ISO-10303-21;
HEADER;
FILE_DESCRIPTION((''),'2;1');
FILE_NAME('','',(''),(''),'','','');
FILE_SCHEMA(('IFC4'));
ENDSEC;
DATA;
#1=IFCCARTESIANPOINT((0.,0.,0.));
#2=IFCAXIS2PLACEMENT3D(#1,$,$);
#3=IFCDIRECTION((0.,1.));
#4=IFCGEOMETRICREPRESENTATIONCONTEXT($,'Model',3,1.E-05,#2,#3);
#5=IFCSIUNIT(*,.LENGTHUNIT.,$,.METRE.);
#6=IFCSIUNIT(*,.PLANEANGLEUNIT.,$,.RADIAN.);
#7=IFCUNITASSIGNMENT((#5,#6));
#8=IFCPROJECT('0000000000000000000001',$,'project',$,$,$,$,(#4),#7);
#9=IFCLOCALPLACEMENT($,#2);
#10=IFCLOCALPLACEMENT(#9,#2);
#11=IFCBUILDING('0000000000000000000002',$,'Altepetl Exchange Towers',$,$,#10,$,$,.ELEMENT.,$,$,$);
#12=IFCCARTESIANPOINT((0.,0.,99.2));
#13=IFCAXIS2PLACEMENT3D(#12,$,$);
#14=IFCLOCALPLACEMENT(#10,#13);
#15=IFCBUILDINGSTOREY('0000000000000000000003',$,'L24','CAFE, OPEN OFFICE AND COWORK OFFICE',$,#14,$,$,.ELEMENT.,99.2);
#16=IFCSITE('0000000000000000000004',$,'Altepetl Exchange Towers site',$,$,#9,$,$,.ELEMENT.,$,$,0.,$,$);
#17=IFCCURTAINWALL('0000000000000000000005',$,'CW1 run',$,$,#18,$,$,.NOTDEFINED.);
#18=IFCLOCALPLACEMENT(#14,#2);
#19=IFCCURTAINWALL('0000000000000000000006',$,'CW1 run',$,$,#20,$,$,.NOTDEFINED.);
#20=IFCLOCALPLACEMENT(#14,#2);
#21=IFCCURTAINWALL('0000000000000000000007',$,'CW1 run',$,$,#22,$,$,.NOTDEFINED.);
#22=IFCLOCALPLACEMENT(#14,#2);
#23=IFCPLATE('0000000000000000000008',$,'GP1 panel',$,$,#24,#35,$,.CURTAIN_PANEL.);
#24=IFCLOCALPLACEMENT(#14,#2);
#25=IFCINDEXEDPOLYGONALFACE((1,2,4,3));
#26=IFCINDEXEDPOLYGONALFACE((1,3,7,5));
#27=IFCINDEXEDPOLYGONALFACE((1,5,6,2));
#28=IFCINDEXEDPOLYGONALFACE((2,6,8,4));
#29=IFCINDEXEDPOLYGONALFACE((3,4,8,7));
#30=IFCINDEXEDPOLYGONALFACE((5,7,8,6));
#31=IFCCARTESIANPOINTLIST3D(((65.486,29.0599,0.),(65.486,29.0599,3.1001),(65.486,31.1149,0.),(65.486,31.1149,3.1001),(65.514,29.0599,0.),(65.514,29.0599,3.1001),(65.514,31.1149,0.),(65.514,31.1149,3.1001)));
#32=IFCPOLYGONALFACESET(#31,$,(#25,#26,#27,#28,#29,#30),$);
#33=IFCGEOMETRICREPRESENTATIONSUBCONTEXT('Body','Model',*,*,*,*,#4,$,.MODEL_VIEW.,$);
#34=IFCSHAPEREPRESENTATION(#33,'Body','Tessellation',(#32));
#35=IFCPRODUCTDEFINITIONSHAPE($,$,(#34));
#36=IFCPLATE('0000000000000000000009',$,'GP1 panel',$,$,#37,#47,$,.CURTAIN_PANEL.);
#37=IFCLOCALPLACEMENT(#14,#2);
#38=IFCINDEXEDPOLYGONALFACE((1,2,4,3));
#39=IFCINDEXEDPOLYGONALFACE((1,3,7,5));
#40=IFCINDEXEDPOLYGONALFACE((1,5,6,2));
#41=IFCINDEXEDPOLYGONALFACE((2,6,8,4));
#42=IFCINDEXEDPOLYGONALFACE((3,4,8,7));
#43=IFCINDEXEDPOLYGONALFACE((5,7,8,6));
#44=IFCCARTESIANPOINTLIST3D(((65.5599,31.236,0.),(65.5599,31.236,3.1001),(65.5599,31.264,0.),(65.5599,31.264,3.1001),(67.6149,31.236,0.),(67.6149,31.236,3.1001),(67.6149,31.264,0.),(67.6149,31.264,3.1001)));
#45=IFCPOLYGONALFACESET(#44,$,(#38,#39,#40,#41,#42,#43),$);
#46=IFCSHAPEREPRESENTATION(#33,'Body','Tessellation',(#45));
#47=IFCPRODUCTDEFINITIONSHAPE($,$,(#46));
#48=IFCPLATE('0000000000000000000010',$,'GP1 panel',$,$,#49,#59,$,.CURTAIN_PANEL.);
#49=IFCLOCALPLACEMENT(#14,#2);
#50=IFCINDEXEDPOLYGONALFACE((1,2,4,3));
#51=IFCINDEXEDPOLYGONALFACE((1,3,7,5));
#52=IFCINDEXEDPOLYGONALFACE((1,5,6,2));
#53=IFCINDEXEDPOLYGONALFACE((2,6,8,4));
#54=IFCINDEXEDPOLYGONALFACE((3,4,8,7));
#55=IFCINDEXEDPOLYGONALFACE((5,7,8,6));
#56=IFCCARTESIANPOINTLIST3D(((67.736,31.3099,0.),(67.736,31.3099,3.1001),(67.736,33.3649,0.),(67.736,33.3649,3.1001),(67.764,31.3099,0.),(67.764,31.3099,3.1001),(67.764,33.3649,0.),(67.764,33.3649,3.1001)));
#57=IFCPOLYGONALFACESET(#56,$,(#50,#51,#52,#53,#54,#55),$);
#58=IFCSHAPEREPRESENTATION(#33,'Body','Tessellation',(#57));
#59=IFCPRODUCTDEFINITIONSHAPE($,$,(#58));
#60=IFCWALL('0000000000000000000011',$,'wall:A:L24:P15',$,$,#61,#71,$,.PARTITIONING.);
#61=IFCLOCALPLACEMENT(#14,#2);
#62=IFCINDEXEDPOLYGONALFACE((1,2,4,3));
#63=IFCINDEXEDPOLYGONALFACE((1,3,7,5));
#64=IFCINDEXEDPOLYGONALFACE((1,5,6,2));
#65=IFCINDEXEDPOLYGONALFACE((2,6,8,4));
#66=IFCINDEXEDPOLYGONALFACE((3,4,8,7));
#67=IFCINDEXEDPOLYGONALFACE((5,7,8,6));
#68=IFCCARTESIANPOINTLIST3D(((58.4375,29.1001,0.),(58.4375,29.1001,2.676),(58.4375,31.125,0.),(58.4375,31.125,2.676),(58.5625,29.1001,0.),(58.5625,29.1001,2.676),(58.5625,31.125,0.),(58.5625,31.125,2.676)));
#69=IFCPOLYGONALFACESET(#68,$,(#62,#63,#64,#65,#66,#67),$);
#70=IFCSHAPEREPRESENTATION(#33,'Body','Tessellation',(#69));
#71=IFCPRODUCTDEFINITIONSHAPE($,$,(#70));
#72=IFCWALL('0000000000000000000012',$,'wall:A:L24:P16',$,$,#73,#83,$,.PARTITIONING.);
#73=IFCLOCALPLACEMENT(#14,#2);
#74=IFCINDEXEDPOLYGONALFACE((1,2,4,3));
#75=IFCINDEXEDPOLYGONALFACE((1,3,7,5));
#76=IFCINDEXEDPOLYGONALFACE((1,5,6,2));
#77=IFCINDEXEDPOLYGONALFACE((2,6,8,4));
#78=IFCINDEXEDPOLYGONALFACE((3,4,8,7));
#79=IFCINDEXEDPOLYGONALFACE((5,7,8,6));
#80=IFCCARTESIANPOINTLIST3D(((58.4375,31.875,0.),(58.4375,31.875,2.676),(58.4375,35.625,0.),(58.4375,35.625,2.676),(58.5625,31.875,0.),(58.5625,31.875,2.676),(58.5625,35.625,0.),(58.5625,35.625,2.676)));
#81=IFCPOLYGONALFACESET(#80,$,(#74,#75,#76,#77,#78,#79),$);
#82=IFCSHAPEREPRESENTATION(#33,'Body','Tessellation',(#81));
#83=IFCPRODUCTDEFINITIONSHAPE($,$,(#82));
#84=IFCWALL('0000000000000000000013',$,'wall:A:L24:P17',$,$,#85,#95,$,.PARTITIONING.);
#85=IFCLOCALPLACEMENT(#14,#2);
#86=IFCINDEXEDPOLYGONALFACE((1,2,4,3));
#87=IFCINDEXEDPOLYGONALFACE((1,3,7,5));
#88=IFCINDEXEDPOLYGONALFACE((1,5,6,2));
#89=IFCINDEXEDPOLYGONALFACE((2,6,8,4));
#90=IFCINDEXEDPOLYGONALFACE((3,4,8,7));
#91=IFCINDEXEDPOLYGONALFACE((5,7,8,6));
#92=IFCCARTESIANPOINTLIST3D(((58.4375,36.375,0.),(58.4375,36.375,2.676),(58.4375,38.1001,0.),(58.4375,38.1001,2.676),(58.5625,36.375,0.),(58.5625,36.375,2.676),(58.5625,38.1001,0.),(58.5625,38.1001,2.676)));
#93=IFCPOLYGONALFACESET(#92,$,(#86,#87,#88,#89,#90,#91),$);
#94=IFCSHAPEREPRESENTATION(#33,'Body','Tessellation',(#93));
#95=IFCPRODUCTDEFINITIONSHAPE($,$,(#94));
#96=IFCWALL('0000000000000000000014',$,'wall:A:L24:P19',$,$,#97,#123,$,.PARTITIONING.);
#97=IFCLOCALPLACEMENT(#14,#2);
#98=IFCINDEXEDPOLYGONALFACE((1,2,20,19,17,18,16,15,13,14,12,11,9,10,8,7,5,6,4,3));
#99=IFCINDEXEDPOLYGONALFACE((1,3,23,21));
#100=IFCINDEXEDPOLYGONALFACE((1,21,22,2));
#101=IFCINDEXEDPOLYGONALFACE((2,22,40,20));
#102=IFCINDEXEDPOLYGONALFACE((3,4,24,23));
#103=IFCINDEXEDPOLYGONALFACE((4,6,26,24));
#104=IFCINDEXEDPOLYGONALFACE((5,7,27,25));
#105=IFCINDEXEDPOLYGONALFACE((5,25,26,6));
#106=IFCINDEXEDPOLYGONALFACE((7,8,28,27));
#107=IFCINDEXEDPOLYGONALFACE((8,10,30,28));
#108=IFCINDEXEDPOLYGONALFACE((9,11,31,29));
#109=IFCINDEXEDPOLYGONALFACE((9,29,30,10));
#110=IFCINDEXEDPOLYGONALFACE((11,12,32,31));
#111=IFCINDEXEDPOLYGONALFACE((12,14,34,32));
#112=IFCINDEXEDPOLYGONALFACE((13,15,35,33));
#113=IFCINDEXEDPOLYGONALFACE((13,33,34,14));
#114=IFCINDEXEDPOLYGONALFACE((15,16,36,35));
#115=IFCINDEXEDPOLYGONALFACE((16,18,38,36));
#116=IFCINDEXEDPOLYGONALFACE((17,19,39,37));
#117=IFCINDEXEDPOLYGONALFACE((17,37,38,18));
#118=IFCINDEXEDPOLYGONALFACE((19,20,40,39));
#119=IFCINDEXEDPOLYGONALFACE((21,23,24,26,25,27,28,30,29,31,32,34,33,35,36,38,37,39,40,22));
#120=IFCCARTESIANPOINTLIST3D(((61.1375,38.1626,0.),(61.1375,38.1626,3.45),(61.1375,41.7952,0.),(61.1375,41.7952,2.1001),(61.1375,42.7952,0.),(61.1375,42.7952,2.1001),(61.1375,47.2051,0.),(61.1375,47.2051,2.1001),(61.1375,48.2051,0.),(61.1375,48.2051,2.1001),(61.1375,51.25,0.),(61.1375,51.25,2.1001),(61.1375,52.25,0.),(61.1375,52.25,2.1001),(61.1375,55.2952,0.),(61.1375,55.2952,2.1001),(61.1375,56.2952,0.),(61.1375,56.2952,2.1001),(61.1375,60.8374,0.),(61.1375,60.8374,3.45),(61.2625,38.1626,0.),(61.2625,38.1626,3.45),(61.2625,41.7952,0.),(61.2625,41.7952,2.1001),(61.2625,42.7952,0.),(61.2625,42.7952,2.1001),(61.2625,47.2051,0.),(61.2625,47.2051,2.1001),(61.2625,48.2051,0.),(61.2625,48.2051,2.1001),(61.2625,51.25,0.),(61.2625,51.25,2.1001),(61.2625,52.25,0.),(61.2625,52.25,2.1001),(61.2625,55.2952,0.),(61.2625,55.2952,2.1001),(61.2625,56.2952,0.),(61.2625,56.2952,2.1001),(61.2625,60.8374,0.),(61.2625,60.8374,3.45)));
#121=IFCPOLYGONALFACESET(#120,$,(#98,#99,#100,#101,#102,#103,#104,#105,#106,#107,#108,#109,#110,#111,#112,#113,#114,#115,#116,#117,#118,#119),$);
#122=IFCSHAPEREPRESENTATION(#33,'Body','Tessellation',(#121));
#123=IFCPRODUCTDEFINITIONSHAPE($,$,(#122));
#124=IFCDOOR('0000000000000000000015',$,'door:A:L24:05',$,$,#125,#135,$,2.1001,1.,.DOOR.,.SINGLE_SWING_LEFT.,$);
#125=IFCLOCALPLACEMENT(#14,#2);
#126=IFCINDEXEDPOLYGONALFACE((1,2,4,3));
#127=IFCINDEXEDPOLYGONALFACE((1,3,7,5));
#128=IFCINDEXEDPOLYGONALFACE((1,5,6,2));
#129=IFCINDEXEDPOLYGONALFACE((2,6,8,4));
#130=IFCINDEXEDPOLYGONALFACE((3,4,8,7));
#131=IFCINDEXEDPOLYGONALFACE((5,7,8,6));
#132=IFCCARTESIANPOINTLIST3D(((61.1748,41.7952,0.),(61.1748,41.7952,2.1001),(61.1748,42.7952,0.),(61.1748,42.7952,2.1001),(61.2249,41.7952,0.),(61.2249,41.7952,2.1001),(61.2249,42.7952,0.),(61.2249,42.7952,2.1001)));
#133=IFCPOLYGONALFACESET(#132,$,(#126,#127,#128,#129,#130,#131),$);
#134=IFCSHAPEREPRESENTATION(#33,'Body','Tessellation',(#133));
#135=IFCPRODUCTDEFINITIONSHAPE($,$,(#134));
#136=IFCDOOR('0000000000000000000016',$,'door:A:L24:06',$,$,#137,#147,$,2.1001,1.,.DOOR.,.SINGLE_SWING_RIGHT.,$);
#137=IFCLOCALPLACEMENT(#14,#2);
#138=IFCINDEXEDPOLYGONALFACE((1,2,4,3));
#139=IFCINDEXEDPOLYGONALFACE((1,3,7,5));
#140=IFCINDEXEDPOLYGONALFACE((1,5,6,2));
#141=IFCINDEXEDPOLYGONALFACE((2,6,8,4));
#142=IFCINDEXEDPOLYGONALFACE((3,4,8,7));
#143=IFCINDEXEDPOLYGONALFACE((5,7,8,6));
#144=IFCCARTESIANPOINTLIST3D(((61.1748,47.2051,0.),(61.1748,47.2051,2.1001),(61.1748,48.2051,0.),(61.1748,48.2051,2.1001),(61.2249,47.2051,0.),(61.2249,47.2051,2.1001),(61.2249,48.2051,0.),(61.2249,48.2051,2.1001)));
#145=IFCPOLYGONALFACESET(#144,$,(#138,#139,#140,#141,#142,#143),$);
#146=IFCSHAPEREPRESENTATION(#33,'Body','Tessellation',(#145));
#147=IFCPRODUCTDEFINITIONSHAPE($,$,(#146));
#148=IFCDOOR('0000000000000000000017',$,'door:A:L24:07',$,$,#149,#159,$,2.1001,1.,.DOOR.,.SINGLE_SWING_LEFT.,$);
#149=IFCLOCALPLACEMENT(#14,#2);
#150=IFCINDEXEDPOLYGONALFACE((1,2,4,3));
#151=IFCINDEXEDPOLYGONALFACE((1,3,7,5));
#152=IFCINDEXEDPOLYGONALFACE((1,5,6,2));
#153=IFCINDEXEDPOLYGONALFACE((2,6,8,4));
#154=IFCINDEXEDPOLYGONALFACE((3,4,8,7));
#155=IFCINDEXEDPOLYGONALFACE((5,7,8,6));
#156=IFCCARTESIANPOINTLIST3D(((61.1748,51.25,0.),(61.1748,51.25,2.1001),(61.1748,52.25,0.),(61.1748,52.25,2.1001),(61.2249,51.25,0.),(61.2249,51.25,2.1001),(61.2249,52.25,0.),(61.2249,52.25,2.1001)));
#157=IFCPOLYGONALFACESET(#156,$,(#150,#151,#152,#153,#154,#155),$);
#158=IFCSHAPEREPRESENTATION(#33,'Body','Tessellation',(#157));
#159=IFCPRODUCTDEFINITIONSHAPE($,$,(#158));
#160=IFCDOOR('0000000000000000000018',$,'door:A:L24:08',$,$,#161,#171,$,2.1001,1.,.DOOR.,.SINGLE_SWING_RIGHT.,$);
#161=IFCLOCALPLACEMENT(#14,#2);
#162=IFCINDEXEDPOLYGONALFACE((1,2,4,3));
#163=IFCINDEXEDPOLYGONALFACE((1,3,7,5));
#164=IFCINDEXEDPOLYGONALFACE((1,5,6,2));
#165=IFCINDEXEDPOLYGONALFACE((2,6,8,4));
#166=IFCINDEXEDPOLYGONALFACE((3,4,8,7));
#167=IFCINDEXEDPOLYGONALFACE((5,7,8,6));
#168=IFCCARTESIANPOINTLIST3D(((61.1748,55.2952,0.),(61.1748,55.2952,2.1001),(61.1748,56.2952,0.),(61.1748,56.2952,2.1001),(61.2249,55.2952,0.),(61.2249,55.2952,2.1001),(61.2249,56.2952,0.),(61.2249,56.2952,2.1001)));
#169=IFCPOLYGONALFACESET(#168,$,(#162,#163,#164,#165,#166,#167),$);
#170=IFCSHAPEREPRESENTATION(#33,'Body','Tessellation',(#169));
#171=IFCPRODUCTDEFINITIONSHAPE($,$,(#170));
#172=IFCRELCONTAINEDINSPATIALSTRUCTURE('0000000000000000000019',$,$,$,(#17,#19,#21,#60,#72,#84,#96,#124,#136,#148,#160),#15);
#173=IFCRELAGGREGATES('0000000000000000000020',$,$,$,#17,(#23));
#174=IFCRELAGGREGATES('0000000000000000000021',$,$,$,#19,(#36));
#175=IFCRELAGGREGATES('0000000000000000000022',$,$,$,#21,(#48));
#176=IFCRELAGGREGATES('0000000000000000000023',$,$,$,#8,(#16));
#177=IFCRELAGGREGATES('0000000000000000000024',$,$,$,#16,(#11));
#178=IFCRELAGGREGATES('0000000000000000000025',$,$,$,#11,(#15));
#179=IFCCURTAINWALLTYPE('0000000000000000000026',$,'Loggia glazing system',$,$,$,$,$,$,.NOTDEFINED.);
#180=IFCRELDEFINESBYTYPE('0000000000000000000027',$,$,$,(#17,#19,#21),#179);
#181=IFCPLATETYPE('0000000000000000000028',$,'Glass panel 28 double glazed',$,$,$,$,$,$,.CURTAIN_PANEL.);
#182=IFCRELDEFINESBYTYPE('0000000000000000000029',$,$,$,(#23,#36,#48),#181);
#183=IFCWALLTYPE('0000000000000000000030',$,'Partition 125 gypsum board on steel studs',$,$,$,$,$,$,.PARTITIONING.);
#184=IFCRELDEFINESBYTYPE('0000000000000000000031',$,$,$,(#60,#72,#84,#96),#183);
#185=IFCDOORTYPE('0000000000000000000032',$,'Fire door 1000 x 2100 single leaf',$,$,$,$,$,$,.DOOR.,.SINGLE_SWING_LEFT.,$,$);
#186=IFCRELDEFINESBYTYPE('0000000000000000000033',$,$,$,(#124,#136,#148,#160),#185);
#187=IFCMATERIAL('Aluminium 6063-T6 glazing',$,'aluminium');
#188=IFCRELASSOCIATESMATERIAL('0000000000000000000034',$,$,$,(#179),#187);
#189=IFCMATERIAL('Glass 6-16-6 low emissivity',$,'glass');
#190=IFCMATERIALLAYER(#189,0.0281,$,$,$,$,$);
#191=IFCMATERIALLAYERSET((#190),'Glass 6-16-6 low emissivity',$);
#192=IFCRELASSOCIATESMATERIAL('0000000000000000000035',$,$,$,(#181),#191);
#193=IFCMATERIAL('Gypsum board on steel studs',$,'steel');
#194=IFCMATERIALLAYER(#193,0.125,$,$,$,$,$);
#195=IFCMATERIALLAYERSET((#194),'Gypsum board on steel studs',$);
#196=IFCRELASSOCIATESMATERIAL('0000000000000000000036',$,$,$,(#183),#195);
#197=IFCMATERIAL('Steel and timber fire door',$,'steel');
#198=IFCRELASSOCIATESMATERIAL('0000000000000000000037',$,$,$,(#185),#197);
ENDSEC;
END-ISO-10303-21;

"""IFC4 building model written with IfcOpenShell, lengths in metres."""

from ifc_helpers import new_model, si_unit, direction, frame, frame_2d, origin, origin_2d, place, context, subcontext, project, spatial, rectangle, extrude, material, layer, layer_set, type_object, element, fill, aggregate, save


model = new_model("IFC4")

# Units and contexts
model_context = context("Model", 3, precision=1e-05, world=origin(), true_north=direction((0.0, 1.0)))
body_context = subcontext(model_context, "Body", "Model", "MODEL_VIEW")
ifc_project = project(units=[si_unit("LENGTHUNIT", "METRE"), si_unit("PLANEANGLEUNIT", "RADIAN")], contexts=[model_context])

# Site, building, storey
site_placement = place(None, origin())
site = spatial("IfcSite", under=ifc_project, at=site_placement, Name="Altepetl Exchange Towers site", CompositionType="ELEMENT", RefElevation=0.0)
building_placement = place(site_placement, origin())
building = spatial("IfcBuilding", under=site, at=building_placement, Name="Altepetl Exchange Towers", CompositionType="ELEMENT")
storey_placement = place(building_placement, frame((0.0, 0.0, 99.2)))
storey = spatial("IfcBuildingStorey", under=building, at=storey_placement, Name="L24", Description="CAFE, OPEN OFFICE AND COWORK OFFICE", CompositionType="ELEMENT", Elevation=99.2)

# Curtain walls
ifc_material_1 = material(Name="Aluminium 6063-T6 glazing", Category="aluminium")
curtain_wall_type = type_object("IfcCurtainWallType", Name="Loggia glazing system", PredefinedType="NOTDEFINED", material=ifc_material_1)
curtain_wall_1_placement = place(storey_placement, origin())
curtain_wall_1 = element("IfcCurtainWall", 1, at=curtain_wall_1_placement, inside=storey, type_object=curtain_wall_type, Name="CW1 run", PredefinedType="NOTDEFINED")
curtain_wall_2_placement = place(storey_placement, origin())
curtain_wall_2 = element("IfcCurtainWall", 2, at=curtain_wall_2_placement, inside=storey, type_object=curtain_wall_type, Name="CW1 run", PredefinedType="NOTDEFINED")
curtain_wall_3_placement = place(storey_placement, origin())
curtain_wall_3 = element("IfcCurtainWall", 3, at=curtain_wall_3_placement, inside=storey, type_object=curtain_wall_type, Name="CW1 run", PredefinedType="NOTDEFINED")

# Plates
ifc_material_2 = material(Name="Glass 6-16-6 low emissivity", Category="glass")
ifc_layer_1 = layer(ifc_material_2, 0.0281)
ifc_layer_set_1 = layer_set([ifc_layer_1], Name="Glass 6-16-6 low emissivity")
plate_type = type_object("IfcPlateType", Name="Glass panel 28 double glazed", PredefinedType="CURTAIN_PANEL", material=ifc_layer_set_1)
plate_1_placement = place(storey_placement, frame((65.5, 30.0874, 0.0), z_axis=(0.0, 0.0, 1.0), x_axis=(0.0, 1.0, 0.0)))
plate_1 = element("IfcPlate", 4, at=plate_1_placement, type_object=plate_type, Name="GP1 panel", PredefinedType="CURTAIN_PANEL", context=body_context, shape_type="SweptSolid", body=[
    extrude(rectangle(XDim=2.0549, YDim=0.0281, at=origin_2d()), origin(), (0.0, 0.0, 1.0), 3.1001),
])
aggregate(curtain_wall_1, [plate_1])
plate_2_placement = place(storey_placement, frame((66.5874, 31.25, 0.0)))
plate_2 = element("IfcPlate", 5, at=plate_2_placement, type_object=plate_type, Name="GP1 panel", PredefinedType="CURTAIN_PANEL", context=body_context, shape_type="SweptSolid", body=[
    extrude(rectangle(XDim=2.0549, YDim=0.0281, at=origin_2d()), origin(), (0.0, 0.0, 1.0), 3.1001),
])
aggregate(curtain_wall_2, [plate_2])
plate_3_placement = place(storey_placement, frame((67.75, 32.3374, 0.0), z_axis=(0.0, 0.0, 1.0), x_axis=(0.0, 1.0, 0.0)))
plate_3 = element("IfcPlate", 6, at=plate_3_placement, type_object=plate_type, Name="GP1 panel", PredefinedType="CURTAIN_PANEL", context=body_context, shape_type="SweptSolid", body=[
    extrude(rectangle(XDim=2.0549, YDim=0.0281, at=origin_2d()), origin(), (0.0, 0.0, 1.0), 3.1001),
])
aggregate(curtain_wall_3, [plate_3])

# Walls
ifc_material_3 = material(Name="Gypsum board on steel studs", Category="steel")
ifc_layer_2 = layer(ifc_material_3, 0.125)
ifc_layer_set_2 = layer_set([ifc_layer_2], Name="Gypsum board on steel studs")
wall_type = type_object("IfcWallType", Name="Partition 125 gypsum board on steel studs", PredefinedType="PARTITIONING", material=ifc_layer_set_2)
wall_1_placement = place(storey_placement, frame((58.5, 29.1001, 0.0), z_axis=(0.0, 0.0, 1.0), x_axis=(0.0, 1.0, 0.0)))
element("IfcWall", 7, at=wall_1_placement, inside=storey, type_object=wall_type, Name="wall:A:L24:P15", PredefinedType="PARTITIONING", context=body_context, shape_type="SweptSolid", body=[
    extrude(rectangle(XDim=2.0249, YDim=0.125, at=frame_2d((1.0125, 0.0))), origin(), (0.0, 0.0, 1.0), 2.676),
])
wall_2_placement = place(storey_placement, frame((58.5, 31.875, 0.0), z_axis=(0.0, 0.0, 1.0), x_axis=(0.0, 1.0, 0.0)))
element("IfcWall", 8, at=wall_2_placement, inside=storey, type_object=wall_type, Name="wall:A:L24:P16", PredefinedType="PARTITIONING", context=body_context, shape_type="SweptSolid", body=[
    extrude(rectangle(XDim=3.75, YDim=0.125, at=frame_2d((1.875, 0.0))), origin(), (0.0, 0.0, 1.0), 2.676),
])
wall_3_placement = place(storey_placement, frame((58.5, 36.375, 0.0), z_axis=(0.0, 0.0, 1.0), x_axis=(0.0, 1.0, 0.0)))
element("IfcWall", 9, at=wall_3_placement, inside=storey, type_object=wall_type, Name="wall:A:L24:P17", PredefinedType="PARTITIONING", context=body_context, shape_type="SweptSolid", body=[
    extrude(rectangle(XDim=1.7251, YDim=0.125, at=frame_2d((0.8625, 0.0))), origin(), (0.0, 0.0, 1.0), 2.676),
])

# Wall, openings, doors
wall_4_placement = place(storey_placement, frame((61.2, 38.1626, 0.0), z_axis=(0.0, 0.0, 1.0), x_axis=(0.0, 1.0, 0.0)))
wall_4 = element("IfcWall", 10, at=wall_4_placement, inside=storey, type_object=wall_type, Name="wall:A:L24:P19", PredefinedType="PARTITIONING", context=body_context, shape_type="SweptSolid", body=[
    extrude(rectangle(XDim=22.6748, YDim=0.125, at=frame_2d((11.3374, 0.0))), origin(), (0.0, 0.0, 1.0), 3.45),
])
opening_1_placement = place(wall_4_placement, frame((3.6326, 0.0, 0.0)))
opening_1 = element("IfcOpeningElement", 11, at=opening_1_placement, cuts=wall_4, PredefinedType="OPENING", context=body_context, shape_type="SweptSolid", body=[
    extrude(rectangle(XDim=1.0, YDim=2.1001, at=frame_2d((0.5, 1.05))), frame((0.0, 0.0725, 0.0), z_axis=(0.0, -1.0, 0.0), x_axis=(1.0, 0.0, 0.0)), (0.0, 0.0, 1.0), 0.145),
])
opening_2_placement = place(wall_4_placement, frame((9.0425, 0.0, 0.0)))
opening_2 = element("IfcOpeningElement", 12, at=opening_2_placement, cuts=wall_4, PredefinedType="OPENING", context=body_context, shape_type="SweptSolid", body=[
    extrude(rectangle(XDim=1.0, YDim=2.1001, at=frame_2d((0.5, 1.05))), frame((0.0, 0.0725, 0.0), z_axis=(0.0, -1.0, 0.0), x_axis=(1.0, 0.0, 0.0)), (0.0, 0.0, 1.0), 0.145),
])
opening_3_placement = place(wall_4_placement, frame((13.0874, 0.0, 0.0)))
opening_3 = element("IfcOpeningElement", 13, at=opening_3_placement, cuts=wall_4, PredefinedType="OPENING", context=body_context, shape_type="SweptSolid", body=[
    extrude(rectangle(XDim=1.0, YDim=2.1001, at=frame_2d((0.5, 1.05))), frame((0.0, 0.0725, 0.0), z_axis=(0.0, -1.0, 0.0), x_axis=(1.0, 0.0, 0.0)), (0.0, 0.0, 1.0), 0.145),
])
opening_4_placement = place(wall_4_placement, frame((17.1326, 0.0, 0.0)))
opening_4 = element("IfcOpeningElement", 14, at=opening_4_placement, cuts=wall_4, PredefinedType="OPENING", context=body_context, shape_type="SweptSolid", body=[
    extrude(rectangle(XDim=1.0, YDim=2.1001, at=frame_2d((0.5, 1.05))), frame((0.0, 0.0725, 0.0), z_axis=(0.0, -1.0, 0.0), x_axis=(1.0, 0.0, 0.0)), (0.0, 0.0, 1.0), 0.145),
])
ifc_material_4 = material(Name="Steel and timber fire door", Category="steel")
door_type = type_object("IfcDoorType", Name="Fire door 1000 x 2100 single leaf", OperationType="SINGLE_SWING_LEFT", PredefinedType="DOOR", material=ifc_material_4)
door_1_placement = place(opening_1_placement, frame((1.0, 0.0, 0.0), x_axis=(-1.0, 0.0, 0.0)))
door_1 = element("IfcDoor", 15, at=door_1_placement, inside=storey, type_object=door_type, Name="door:A:L24:05", OperationType="SINGLE_SWING_LEFT", OverallHeight=2.1001, OverallWidth=1.0, PredefinedType="DOOR", context=body_context, shape_type="SweptSolid", body=[
    extrude(rectangle(XDim=1.0, YDim=2.1001, at=frame_2d((0.5, 1.05))), frame((0.0, 0.0249, 0.0), z_axis=(0.0, -1.0, 0.0), x_axis=(1.0, 0.0, 0.0)), (0.0, 0.0, 1.0), 0.05),
])
fill(opening_1, door_1)
door_2_placement = place(opening_2_placement, frame((1.0, 0.0, 0.0), x_axis=(-1.0, 0.0, 0.0)))
door_2 = element("IfcDoor", 16, at=door_2_placement, inside=storey, type_object=door_type, Name="door:A:L24:06", OperationType="SINGLE_SWING_RIGHT", OverallHeight=2.1001, OverallWidth=1.0, PredefinedType="DOOR", context=body_context, shape_type="SweptSolid", body=[
    extrude(rectangle(XDim=1.0, YDim=2.1001, at=frame_2d((0.5, 1.05))), frame((0.0, 0.0249, 0.0), z_axis=(0.0, -1.0, 0.0), x_axis=(1.0, 0.0, 0.0)), (0.0, 0.0, 1.0), 0.05),
])
fill(opening_2, door_2)
door_3_placement = place(opening_3_placement, frame((1.0, 0.0, 0.0), x_axis=(-1.0, 0.0, 0.0)))
door_3 = element("IfcDoor", 17, at=door_3_placement, inside=storey, type_object=door_type, Name="door:A:L24:07", OperationType="SINGLE_SWING_LEFT", OverallHeight=2.1001, OverallWidth=1.0, PredefinedType="DOOR", context=body_context, shape_type="SweptSolid", body=[
    extrude(rectangle(XDim=1.0, YDim=2.1001, at=frame_2d((0.5, 1.05))), frame((0.0, 0.0249, 0.0), z_axis=(0.0, -1.0, 0.0), x_axis=(1.0, 0.0, 0.0)), (0.0, 0.0, 1.0), 0.05),
])
fill(opening_3, door_3)
door_4_placement = place(opening_4_placement, frame((1.0, 0.0, 0.0), x_axis=(-1.0, 0.0, 0.0)))
door_4 = element("IfcDoor", 18, at=door_4_placement, inside=storey, type_object=door_type, Name="door:A:L24:08", OperationType="SINGLE_SWING_RIGHT", OverallHeight=2.1001, OverallWidth=1.0, PredefinedType="DOOR", context=body_context, shape_type="SweptSolid", body=[
    extrude(rectangle(XDim=1.0, YDim=2.1001, at=frame_2d((0.5, 1.05))), frame((0.0, 0.0249, 0.0), z_axis=(0.0, -1.0, 0.0), x_axis=(1.0, 0.0, 0.0)), (0.0, 0.0, 1.0), 0.05),
])
fill(opening_4, door_4)

save(model, "model.ifc")
